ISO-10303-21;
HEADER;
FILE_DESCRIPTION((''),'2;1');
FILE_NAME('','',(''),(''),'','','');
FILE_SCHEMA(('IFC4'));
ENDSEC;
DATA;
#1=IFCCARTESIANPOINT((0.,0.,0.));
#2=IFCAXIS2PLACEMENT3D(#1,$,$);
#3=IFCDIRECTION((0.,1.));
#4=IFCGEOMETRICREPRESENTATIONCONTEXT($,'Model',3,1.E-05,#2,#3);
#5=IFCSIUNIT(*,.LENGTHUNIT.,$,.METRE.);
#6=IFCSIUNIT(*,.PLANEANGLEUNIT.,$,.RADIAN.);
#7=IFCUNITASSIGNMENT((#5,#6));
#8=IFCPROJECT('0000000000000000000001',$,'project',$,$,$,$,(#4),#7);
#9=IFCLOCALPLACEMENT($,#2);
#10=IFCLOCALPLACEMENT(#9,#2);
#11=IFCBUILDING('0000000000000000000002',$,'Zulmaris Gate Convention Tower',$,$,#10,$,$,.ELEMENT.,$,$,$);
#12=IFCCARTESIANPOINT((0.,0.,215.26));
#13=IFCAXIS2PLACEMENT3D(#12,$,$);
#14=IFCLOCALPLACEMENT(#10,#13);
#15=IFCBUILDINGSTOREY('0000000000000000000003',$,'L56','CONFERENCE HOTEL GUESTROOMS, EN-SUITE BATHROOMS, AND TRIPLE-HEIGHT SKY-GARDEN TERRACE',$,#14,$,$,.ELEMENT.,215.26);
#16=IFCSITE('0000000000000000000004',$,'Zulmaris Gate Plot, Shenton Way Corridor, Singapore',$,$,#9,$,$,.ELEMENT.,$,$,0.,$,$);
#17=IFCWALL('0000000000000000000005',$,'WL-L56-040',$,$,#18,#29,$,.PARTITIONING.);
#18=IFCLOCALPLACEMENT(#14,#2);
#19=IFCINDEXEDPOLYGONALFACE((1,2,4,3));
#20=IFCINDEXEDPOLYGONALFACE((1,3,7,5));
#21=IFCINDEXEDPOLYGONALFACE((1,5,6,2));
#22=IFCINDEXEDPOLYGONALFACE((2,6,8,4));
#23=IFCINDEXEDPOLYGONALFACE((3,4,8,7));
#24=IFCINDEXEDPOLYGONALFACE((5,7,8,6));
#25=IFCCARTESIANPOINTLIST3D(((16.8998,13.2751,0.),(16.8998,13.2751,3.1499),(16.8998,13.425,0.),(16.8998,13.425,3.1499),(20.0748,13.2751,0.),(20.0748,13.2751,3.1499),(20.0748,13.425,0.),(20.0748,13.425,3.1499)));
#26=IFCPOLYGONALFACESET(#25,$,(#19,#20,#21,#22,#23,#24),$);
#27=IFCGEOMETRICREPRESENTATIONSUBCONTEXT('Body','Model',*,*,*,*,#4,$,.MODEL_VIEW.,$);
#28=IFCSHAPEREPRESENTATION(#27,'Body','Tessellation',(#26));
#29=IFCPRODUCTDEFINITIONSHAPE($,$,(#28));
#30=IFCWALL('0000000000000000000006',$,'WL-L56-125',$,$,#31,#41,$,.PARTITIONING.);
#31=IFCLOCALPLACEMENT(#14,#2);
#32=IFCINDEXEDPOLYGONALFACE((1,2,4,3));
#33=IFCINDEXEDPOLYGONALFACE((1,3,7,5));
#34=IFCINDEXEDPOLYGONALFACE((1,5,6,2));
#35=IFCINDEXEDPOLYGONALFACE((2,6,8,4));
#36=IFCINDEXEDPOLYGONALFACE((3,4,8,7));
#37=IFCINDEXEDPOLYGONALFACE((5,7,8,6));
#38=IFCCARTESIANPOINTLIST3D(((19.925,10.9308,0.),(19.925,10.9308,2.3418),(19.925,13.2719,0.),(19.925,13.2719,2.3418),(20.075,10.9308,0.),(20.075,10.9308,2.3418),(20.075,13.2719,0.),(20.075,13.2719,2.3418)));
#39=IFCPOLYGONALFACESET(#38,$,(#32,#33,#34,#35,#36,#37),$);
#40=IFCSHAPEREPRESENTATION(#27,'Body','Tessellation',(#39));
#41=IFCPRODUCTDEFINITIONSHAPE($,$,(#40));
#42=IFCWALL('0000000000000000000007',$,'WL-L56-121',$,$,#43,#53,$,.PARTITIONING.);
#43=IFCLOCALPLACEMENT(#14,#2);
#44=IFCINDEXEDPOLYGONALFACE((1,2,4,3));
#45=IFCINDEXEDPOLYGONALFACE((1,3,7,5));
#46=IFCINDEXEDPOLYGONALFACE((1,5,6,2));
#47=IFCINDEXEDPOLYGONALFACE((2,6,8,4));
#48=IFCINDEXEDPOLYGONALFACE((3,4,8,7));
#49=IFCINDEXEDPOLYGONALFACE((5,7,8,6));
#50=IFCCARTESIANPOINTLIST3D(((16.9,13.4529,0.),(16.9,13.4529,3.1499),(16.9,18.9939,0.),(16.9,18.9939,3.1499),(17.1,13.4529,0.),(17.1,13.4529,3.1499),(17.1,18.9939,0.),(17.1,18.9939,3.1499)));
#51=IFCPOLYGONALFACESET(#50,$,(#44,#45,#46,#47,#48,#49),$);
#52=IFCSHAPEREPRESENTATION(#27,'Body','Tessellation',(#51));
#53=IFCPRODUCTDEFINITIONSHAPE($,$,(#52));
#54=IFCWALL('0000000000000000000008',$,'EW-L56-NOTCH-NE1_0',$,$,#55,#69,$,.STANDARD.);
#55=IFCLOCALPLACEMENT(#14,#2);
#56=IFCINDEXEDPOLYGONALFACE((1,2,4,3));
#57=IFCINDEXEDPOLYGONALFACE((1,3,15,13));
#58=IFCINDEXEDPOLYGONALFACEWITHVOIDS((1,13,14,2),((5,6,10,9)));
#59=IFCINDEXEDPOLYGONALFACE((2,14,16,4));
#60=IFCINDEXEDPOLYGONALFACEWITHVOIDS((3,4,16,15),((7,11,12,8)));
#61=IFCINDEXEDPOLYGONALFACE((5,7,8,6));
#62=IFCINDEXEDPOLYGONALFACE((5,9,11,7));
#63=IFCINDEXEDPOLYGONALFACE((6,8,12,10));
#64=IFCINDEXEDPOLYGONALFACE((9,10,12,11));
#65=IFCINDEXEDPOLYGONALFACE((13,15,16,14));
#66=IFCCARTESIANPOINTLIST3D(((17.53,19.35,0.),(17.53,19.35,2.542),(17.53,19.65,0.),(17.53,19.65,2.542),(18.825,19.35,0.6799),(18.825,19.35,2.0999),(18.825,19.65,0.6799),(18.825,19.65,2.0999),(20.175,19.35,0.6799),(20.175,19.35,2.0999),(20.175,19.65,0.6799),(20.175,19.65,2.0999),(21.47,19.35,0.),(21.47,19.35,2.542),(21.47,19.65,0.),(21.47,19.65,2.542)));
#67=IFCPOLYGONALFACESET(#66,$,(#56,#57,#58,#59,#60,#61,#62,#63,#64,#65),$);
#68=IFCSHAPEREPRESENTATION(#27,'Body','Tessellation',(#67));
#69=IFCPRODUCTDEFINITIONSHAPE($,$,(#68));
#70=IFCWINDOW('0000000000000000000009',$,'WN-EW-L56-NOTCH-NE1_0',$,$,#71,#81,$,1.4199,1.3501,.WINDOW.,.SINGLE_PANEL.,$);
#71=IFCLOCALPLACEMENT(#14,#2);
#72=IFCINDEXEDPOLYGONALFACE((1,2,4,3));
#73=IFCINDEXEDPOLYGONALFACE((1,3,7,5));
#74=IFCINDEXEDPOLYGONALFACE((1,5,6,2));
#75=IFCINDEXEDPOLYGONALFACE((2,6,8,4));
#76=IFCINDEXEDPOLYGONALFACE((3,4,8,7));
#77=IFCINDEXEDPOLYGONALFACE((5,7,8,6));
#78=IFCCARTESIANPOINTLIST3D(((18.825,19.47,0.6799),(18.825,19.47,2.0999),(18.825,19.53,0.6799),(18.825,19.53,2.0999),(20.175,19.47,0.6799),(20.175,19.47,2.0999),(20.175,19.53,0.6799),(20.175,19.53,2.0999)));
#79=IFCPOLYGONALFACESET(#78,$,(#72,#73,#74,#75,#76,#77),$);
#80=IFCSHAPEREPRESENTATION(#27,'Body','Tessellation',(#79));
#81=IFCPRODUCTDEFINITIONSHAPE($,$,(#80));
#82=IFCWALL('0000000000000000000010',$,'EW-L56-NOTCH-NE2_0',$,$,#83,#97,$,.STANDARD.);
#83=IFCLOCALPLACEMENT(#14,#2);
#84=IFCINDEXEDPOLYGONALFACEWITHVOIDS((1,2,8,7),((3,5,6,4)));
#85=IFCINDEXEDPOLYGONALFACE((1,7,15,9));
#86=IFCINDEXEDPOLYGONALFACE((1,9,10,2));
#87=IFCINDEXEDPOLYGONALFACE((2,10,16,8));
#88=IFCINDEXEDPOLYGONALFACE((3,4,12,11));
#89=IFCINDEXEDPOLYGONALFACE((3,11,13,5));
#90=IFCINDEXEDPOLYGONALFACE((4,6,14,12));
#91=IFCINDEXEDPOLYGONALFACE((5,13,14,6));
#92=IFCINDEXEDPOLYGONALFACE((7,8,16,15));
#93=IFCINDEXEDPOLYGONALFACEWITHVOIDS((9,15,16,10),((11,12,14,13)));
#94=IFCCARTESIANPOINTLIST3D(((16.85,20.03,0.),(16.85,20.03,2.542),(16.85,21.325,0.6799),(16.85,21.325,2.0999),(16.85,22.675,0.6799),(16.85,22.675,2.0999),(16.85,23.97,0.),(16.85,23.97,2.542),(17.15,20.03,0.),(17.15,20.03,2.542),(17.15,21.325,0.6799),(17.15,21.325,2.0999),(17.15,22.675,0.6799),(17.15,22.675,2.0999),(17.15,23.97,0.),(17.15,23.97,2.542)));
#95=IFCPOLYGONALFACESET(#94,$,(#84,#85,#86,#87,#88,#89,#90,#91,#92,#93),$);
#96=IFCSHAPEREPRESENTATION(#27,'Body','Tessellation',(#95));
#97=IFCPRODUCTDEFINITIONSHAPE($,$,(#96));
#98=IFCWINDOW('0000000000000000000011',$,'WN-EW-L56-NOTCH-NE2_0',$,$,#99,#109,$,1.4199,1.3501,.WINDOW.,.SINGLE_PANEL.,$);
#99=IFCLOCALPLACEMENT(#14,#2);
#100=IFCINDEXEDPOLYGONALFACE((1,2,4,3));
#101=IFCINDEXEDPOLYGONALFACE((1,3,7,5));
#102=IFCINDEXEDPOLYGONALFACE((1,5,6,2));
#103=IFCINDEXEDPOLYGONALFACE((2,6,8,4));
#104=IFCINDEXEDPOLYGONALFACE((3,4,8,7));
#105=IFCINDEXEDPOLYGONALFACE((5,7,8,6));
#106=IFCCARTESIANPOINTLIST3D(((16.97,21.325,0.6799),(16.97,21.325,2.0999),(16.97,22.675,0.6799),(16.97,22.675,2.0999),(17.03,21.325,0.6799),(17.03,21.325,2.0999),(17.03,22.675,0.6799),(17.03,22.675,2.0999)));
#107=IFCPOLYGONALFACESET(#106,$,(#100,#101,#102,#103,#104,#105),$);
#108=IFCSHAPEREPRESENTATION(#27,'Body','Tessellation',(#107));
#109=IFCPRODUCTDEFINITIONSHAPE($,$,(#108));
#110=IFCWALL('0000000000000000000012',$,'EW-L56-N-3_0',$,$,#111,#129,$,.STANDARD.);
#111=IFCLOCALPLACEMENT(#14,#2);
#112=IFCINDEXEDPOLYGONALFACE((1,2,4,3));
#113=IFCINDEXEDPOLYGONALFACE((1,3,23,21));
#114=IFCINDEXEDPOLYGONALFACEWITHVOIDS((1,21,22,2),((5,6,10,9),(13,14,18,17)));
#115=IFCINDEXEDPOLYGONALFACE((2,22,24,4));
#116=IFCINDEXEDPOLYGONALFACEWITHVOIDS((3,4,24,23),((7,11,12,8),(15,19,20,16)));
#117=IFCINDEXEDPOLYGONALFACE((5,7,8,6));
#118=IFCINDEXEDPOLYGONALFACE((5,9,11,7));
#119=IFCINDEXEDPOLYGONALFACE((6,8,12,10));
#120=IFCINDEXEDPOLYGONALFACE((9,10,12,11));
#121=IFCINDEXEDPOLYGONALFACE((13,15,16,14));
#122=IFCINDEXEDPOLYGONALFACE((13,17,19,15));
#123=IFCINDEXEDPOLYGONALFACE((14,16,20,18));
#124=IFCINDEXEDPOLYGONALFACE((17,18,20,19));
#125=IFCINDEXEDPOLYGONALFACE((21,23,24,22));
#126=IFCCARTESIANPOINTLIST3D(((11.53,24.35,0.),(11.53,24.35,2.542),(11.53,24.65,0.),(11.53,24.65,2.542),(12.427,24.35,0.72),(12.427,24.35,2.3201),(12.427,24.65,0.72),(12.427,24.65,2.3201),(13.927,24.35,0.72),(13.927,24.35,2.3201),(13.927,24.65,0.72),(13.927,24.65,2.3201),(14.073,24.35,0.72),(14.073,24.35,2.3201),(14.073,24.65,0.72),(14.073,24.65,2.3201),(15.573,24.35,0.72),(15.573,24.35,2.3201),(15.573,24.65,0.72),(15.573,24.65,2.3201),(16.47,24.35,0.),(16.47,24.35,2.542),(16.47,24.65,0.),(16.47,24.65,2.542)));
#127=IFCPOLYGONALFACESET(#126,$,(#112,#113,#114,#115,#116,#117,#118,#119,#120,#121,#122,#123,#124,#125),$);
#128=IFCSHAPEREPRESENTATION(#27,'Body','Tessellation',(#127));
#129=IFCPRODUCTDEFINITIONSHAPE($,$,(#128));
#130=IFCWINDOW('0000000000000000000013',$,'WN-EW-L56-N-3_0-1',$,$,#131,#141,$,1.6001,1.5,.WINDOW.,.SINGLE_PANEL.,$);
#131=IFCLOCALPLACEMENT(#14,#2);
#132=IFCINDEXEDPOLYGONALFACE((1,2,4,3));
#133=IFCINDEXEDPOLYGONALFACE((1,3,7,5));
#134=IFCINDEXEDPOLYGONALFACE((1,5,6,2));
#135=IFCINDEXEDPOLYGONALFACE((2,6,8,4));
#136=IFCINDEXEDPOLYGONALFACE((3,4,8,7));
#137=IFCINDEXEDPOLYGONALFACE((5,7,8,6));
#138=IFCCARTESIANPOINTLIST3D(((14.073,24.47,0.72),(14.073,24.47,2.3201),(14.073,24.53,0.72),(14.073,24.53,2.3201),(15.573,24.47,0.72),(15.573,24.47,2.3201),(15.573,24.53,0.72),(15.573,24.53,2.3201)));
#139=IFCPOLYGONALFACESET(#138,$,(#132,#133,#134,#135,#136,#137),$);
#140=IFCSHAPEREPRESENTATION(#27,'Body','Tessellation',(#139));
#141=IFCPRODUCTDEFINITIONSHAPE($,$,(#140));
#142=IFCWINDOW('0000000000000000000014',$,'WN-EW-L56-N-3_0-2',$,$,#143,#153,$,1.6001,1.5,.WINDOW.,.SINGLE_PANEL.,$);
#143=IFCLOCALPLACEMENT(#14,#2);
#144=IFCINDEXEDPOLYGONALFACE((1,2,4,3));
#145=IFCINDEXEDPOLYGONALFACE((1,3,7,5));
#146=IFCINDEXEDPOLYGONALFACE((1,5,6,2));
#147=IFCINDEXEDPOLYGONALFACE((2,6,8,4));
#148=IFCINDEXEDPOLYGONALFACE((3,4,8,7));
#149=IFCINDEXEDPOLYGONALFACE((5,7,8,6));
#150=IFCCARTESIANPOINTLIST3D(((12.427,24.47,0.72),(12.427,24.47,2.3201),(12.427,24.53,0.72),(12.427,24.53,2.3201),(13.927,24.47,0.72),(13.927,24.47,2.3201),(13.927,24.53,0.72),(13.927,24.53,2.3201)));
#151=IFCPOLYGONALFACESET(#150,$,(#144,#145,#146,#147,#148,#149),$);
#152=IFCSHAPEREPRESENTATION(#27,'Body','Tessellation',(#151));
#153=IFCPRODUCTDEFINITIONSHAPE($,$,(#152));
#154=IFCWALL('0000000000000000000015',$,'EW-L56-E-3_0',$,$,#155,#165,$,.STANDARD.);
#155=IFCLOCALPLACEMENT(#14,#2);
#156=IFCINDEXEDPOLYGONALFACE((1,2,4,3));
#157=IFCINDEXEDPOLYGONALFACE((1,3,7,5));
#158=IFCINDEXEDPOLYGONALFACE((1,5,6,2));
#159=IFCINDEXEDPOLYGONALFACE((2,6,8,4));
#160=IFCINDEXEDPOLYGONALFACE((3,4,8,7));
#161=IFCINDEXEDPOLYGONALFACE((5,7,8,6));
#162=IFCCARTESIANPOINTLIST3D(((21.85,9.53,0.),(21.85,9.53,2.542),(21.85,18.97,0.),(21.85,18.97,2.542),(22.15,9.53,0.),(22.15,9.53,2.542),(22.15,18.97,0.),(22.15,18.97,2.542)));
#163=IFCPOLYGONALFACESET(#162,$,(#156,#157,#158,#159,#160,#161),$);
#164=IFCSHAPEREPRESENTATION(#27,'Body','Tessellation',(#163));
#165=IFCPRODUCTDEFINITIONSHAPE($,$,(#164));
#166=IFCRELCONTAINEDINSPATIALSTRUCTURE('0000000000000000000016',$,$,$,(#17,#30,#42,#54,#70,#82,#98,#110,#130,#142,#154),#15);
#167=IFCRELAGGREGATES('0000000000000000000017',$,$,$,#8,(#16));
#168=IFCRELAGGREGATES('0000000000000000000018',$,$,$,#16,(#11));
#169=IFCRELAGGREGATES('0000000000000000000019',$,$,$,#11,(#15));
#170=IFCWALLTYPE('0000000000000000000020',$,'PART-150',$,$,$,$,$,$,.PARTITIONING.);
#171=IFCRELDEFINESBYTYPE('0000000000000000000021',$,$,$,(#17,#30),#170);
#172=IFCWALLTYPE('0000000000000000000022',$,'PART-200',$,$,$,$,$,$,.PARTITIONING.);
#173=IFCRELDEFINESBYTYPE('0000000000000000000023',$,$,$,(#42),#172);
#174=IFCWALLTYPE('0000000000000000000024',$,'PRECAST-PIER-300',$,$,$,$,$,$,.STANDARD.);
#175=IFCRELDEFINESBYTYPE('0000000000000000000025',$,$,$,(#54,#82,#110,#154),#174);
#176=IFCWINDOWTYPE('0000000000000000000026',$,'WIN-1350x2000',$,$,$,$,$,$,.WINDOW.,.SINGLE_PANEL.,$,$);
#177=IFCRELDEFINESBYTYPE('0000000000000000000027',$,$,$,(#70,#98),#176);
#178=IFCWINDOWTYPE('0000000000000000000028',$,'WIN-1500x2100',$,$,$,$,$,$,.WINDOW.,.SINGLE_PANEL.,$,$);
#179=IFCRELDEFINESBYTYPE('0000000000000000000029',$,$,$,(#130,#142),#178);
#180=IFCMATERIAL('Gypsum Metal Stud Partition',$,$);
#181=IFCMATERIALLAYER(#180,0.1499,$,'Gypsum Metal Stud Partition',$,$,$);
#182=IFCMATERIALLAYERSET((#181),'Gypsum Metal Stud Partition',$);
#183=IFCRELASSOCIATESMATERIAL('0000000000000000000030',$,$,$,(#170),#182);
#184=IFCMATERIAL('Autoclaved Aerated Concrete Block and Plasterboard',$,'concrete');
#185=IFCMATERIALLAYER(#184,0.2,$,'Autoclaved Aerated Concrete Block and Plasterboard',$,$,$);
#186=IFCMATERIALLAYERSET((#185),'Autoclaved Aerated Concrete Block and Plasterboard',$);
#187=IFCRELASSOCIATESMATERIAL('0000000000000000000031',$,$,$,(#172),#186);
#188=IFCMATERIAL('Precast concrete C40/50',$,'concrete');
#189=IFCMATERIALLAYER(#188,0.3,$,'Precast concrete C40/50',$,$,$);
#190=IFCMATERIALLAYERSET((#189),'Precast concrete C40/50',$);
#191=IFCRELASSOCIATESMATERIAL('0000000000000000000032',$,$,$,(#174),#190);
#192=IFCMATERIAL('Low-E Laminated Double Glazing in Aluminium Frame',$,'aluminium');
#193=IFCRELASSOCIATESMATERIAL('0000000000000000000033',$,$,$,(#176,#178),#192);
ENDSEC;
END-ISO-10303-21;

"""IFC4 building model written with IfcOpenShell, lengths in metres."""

from ifc_helpers import new_model, si_unit, direction, frame, frame_2d, origin, place, context, subcontext, project, spatial, rectangle, extrude, material, layer, layer_set, type_object, element, fill, save


model = new_model("IFC4")

# Units and contexts
model_context = context("Model", 3, precision=1e-05, world=origin(), true_north=direction((0.0, 1.0)))
body_context = subcontext(model_context, "Body", "Model", "MODEL_VIEW")
ifc_project = project(units=[si_unit("LENGTHUNIT", "METRE"), si_unit("PLANEANGLEUNIT", "RADIAN")], contexts=[model_context])

# Site, building, storey
site_placement = place(None, origin())
site = spatial("IfcSite", under=ifc_project, at=site_placement, Name="Zulmaris Gate Plot, Shenton Way Corridor, Singapore", CompositionType="ELEMENT", RefElevation=0.0)
building_placement = place(site_placement, origin())
building = spatial("IfcBuilding", under=site, at=building_placement, Name="Zulmaris Gate Convention Tower", CompositionType="ELEMENT")
storey_placement = place(building_placement, frame((0.0, 0.0, 215.26)))
storey = spatial("IfcBuildingStorey", under=building, at=storey_placement, Name="L56", Description="CONFERENCE HOTEL GUESTROOMS, EN-SUITE BATHROOMS, AND TRIPLE-HEIGHT SKY-GARDEN TERRACE", CompositionType="ELEMENT", Elevation=215.26)

# Walls
ifc_material_1 = material(Name="Gypsum Metal Stud Partition")
ifc_layer_1 = layer(ifc_material_1, 0.1499, Name="Gypsum Metal Stud Partition")
ifc_layer_set_1 = layer_set([ifc_layer_1], Name="Gypsum Metal Stud Partition")
wall_type_1 = type_object("IfcWallType", Name="PART-150", PredefinedType="PARTITIONING", material=ifc_layer_set_1)
wall_1_placement = place(storey_placement, frame((16.8999, 13.3501, 0.0), z_axis=(0.0, 0.0, 1.0), x_axis=(1.0, 0.0, 0.0)))
element("IfcWall", 1, at=wall_1_placement, inside=storey, type_object=wall_type_1, Name="WL-L56-040", PredefinedType="PARTITIONING", context=body_context, shape_type="SweptSolid", body=[
    extrude(rectangle(XDim=3.175, YDim=0.1499, at=frame_2d((1.5874, 0.0))), origin(), (0.0, 0.0, 1.0), 3.1499),
])
wall_2_placement = place(storey_placement, frame((20.0, 10.9309, 0.0), z_axis=(0.0, 0.0, 1.0), x_axis=(0.0, 1.0, 0.0)))
element("IfcWall", 2, at=wall_2_placement, inside=storey, type_object=wall_type_1, Name="WL-L56-125", PredefinedType="PARTITIONING", context=body_context, shape_type="SweptSolid", body=[
    extrude(rectangle(XDim=2.3411, YDim=0.1499, at=frame_2d((1.1704, 0.0))), origin(), (0.0, 0.0, 1.0), 2.3418),
])
ifc_material_2 = material(Name="Autoclaved Aerated Concrete Block and Plasterboard", Category="concrete")
ifc_layer_2 = layer(ifc_material_2, 0.2, Name="Autoclaved Aerated Concrete Block and Plasterboard")
ifc_layer_set_2 = layer_set([ifc_layer_2], Name="Autoclaved Aerated Concrete Block and Plasterboard")
wall_type_2 = type_object("IfcWallType", Name="PART-200", PredefinedType="PARTITIONING", material=ifc_layer_set_2)
wall_3_placement = place(storey_placement, frame((17.0, 13.4529, 0.0), z_axis=(0.0, 0.0, 1.0), x_axis=(0.0, 1.0, 0.0)))
element("IfcWall", 3, at=wall_3_placement, inside=storey, type_object=wall_type_2, Name="WL-L56-121", PredefinedType="PARTITIONING", context=body_context, shape_type="SweptSolid", body=[
    extrude(rectangle(XDim=5.541, YDim=0.2, at=frame_2d((2.7705, 0.0))), origin(), (0.0, 0.0, 1.0), 3.1499),
])

# Walls, openings, windows
ifc_material_3 = material(Name="Precast concrete C40/50", Category="concrete")
ifc_layer_3 = layer(ifc_material_3, 0.3, Name="Precast concrete C40/50")
ifc_layer_set_3 = layer_set([ifc_layer_3], Name="Precast concrete C40/50")
wall_type_3 = type_object("IfcWallType", Name="PRECAST-PIER-300", PredefinedType="STANDARD", material=ifc_layer_set_3)
wall_4_placement = place(storey_placement, frame((21.47, 19.5, 0.0), z_axis=(0.0, 0.0, 1.0), x_axis=(-1.0, 0.0, 0.0)))
wall_4 = element("IfcWall", 4, at=wall_4_placement, inside=storey, type_object=wall_type_3, Name="EW-L56-NOTCH-NE1_0", PredefinedType="STANDARD", context=body_context, shape_type="SweptSolid", body=[
    extrude(rectangle(XDim=3.9399, YDim=0.3, at=frame_2d((1.97, 0.0))), origin(), (0.0, 0.0, 1.0), 2.542),
])
opening_1_placement = place(wall_4_placement, frame((1.2949, 0.0, 0.6799)))
opening_1 = element("IfcOpeningElement", 5, at=opening_1_placement, cuts=wall_4, PredefinedType="OPENING", context=body_context, shape_type="SweptSolid", body=[
    extrude(rectangle(XDim=1.3501, YDim=1.4199, at=frame_2d((0.675, 0.71))), frame((0.0, 0.1602, 0.0), z_axis=(0.0, -1.0, 0.0), x_axis=(1.0, 0.0, 0.0)), (0.0, 0.0, 1.0), 0.3201),
])
ifc_material_4 = material(Name="Low-E Laminated Double Glazing in Aluminium Frame", Category="aluminium")
window_type_1 = type_object("IfcWindowType", Name="WIN-1350x2000", PartitioningType="SINGLE_PANEL", PredefinedType="WINDOW", material=ifc_material_4)
window_1_placement = place(opening_1_placement, origin())
window_1 = element("IfcWindow", 6, at=window_1_placement, inside=storey, type_object=window_type_1, Name="WN-EW-L56-NOTCH-NE1_0", OverallHeight=1.4199, OverallWidth=1.3501, PartitioningType="SINGLE_PANEL", PredefinedType="WINDOW", context=body_context, shape_type="SweptSolid", body=[
    extrude(rectangle(XDim=1.3501, YDim=1.4199, at=frame_2d((0.675, 0.71))), frame((0.0, 0.03, 0.0), z_axis=(0.0, -1.0, 0.0), x_axis=(1.0, 0.0, 0.0)), (0.0, 0.0, 1.0), 0.0601),
])
fill(opening_1, window_1)
wall_5_placement = place(storey_placement, frame((17.0, 20.03, 0.0), z_axis=(0.0, 0.0, 1.0), x_axis=(0.0, 1.0, 0.0)))
wall_5 = element("IfcWall", 7, at=wall_5_placement, inside=storey, type_object=wall_type_3, Name="EW-L56-NOTCH-NE2_0", PredefinedType="STANDARD", context=body_context, shape_type="SweptSolid", body=[
    extrude(rectangle(XDim=3.9399, YDim=0.3, at=frame_2d((1.97, 0.0))), origin(), (0.0, 0.0, 1.0), 2.542),
])
opening_2_placement = place(wall_5_placement, frame((1.2949, 0.0, 0.6799)))
opening_2 = element("IfcOpeningElement", 8, at=opening_2_placement, cuts=wall_5, PredefinedType="OPENING", context=body_context, shape_type="SweptSolid", body=[
    extrude(rectangle(XDim=1.3501, YDim=1.4199, at=frame_2d((0.675, 0.71))), frame((0.0, 0.1602, 0.0), z_axis=(0.0, -1.0, 0.0), x_axis=(1.0, 0.0, 0.0)), (0.0, 0.0, 1.0), 0.3201),
])
window_2_placement = place(opening_2_placement, origin())
window_2 = element("IfcWindow", 9, at=window_2_placement, inside=storey, type_object=window_type_1, Name="WN-EW-L56-NOTCH-NE2_0", OverallHeight=1.4199, OverallWidth=1.3501, PartitioningType="SINGLE_PANEL", PredefinedType="WINDOW", context=body_context, shape_type="SweptSolid", body=[
    extrude(rectangle(XDim=1.3501, YDim=1.4199, at=frame_2d((0.675, 0.71))), frame((0.0, 0.03, 0.0), z_axis=(0.0, -1.0, 0.0), x_axis=(1.0, 0.0, 0.0)), (0.0, 0.0, 1.0), 0.0601),
])
fill(opening_2, window_2)

# Wall, openings, windows
wall_6_placement = place(storey_placement, frame((16.47, 24.5, 0.0), z_axis=(0.0, 0.0, 1.0), x_axis=(-1.0, 0.0, 0.0)))
wall_6 = element("IfcWall", 10, at=wall_6_placement, inside=storey, type_object=wall_type_3, Name="EW-L56-N-3_0", PredefinedType="STANDARD", context=body_context, shape_type="SweptSolid", body=[
    extrude(rectangle(XDim=4.9399, YDim=0.3, at=frame_2d((2.47, 0.0))), origin(), (0.0, 0.0, 1.0), 2.542),
])
opening_3_placement = place(wall_6_placement, frame((0.897, 0.0, 0.72)))
opening_3 = element("IfcOpeningElement", 11, at=opening_3_placement, cuts=wall_6, PredefinedType="OPENING", context=body_context, shape_type="SweptSolid", body=[
    extrude(rectangle(XDim=1.5, YDim=1.6001, at=frame_2d((0.75, 0.8))), frame((0.0, 0.1602, 0.0), z_axis=(0.0, -1.0, 0.0), x_axis=(1.0, 0.0, 0.0)), (0.0, 0.0, 1.0), 0.3201),
])
opening_4_placement = place(wall_6_placement, frame((2.543, 0.0, 0.72)))
opening_4 = element("IfcOpeningElement", 12, at=opening_4_placement, cuts=wall_6, PredefinedType="OPENING", context=body_context, shape_type="SweptSolid", body=[
    extrude(rectangle(XDim=1.5, YDim=1.6001, at=frame_2d((0.75, 0.8))), frame((0.0, 0.1602, 0.0), z_axis=(0.0, -1.0, 0.0), x_axis=(1.0, 0.0, 0.0)), (0.0, 0.0, 1.0), 0.3201),
])
window_type_2 = type_object("IfcWindowType", Name="WIN-1500x2100", PartitioningType="SINGLE_PANEL", PredefinedType="WINDOW", material=ifc_material_4)
window_3_placement = place(opening_3_placement, origin())
window_3 = element("IfcWindow", 13, at=window_3_placement, inside=storey, type_object=window_type_2, Name="WN-EW-L56-N-3_0-1", OverallHeight=1.6001, OverallWidth=1.5, PartitioningType="SINGLE_PANEL", PredefinedType="WINDOW", context=body_context, shape_type="SweptSolid", body=[
    extrude(rectangle(XDim=1.5, YDim=1.6001, at=frame_2d((0.75, 0.8))), frame((0.0, 0.03, 0.0), z_axis=(0.0, -1.0, 0.0), x_axis=(1.0, 0.0, 0.0)), (0.0, 0.0, 1.0), 0.0601),
])
fill(opening_3, window_3)
window_4_placement = place(opening_4_placement, origin())
window_4 = element("IfcWindow", 14, at=window_4_placement, inside=storey, type_object=window_type_2, Name="WN-EW-L56-N-3_0-2", OverallHeight=1.6001, OverallWidth=1.5, PartitioningType="SINGLE_PANEL", PredefinedType="WINDOW", context=body_context, shape_type="SweptSolid", body=[
    extrude(rectangle(XDim=1.5, YDim=1.6001, at=frame_2d((0.75, 0.8))), frame((0.0, 0.03, 0.0), z_axis=(0.0, -1.0, 0.0), x_axis=(1.0, 0.0, 0.0)), (0.0, 0.0, 1.0), 0.0601),
])
fill(opening_4, window_4)

# Wall
wall_7_placement = place(storey_placement, frame((22.0, 9.53, 0.0), z_axis=(0.0, 0.0, 1.0), x_axis=(0.0, 1.0, 0.0)))
element("IfcWall", 15, at=wall_7_placement, inside=storey, type_object=wall_type_3, Name="EW-L56-E-3_0", PredefinedType="STANDARD", context=body_context, shape_type="SweptSolid", body=[
    extrude(rectangle(XDim=9.4399, YDim=0.3, at=frame_2d((4.72, 0.0))), origin(), (0.0, 0.0, 1.0), 2.542),
])

save(model, "model.ifc")
